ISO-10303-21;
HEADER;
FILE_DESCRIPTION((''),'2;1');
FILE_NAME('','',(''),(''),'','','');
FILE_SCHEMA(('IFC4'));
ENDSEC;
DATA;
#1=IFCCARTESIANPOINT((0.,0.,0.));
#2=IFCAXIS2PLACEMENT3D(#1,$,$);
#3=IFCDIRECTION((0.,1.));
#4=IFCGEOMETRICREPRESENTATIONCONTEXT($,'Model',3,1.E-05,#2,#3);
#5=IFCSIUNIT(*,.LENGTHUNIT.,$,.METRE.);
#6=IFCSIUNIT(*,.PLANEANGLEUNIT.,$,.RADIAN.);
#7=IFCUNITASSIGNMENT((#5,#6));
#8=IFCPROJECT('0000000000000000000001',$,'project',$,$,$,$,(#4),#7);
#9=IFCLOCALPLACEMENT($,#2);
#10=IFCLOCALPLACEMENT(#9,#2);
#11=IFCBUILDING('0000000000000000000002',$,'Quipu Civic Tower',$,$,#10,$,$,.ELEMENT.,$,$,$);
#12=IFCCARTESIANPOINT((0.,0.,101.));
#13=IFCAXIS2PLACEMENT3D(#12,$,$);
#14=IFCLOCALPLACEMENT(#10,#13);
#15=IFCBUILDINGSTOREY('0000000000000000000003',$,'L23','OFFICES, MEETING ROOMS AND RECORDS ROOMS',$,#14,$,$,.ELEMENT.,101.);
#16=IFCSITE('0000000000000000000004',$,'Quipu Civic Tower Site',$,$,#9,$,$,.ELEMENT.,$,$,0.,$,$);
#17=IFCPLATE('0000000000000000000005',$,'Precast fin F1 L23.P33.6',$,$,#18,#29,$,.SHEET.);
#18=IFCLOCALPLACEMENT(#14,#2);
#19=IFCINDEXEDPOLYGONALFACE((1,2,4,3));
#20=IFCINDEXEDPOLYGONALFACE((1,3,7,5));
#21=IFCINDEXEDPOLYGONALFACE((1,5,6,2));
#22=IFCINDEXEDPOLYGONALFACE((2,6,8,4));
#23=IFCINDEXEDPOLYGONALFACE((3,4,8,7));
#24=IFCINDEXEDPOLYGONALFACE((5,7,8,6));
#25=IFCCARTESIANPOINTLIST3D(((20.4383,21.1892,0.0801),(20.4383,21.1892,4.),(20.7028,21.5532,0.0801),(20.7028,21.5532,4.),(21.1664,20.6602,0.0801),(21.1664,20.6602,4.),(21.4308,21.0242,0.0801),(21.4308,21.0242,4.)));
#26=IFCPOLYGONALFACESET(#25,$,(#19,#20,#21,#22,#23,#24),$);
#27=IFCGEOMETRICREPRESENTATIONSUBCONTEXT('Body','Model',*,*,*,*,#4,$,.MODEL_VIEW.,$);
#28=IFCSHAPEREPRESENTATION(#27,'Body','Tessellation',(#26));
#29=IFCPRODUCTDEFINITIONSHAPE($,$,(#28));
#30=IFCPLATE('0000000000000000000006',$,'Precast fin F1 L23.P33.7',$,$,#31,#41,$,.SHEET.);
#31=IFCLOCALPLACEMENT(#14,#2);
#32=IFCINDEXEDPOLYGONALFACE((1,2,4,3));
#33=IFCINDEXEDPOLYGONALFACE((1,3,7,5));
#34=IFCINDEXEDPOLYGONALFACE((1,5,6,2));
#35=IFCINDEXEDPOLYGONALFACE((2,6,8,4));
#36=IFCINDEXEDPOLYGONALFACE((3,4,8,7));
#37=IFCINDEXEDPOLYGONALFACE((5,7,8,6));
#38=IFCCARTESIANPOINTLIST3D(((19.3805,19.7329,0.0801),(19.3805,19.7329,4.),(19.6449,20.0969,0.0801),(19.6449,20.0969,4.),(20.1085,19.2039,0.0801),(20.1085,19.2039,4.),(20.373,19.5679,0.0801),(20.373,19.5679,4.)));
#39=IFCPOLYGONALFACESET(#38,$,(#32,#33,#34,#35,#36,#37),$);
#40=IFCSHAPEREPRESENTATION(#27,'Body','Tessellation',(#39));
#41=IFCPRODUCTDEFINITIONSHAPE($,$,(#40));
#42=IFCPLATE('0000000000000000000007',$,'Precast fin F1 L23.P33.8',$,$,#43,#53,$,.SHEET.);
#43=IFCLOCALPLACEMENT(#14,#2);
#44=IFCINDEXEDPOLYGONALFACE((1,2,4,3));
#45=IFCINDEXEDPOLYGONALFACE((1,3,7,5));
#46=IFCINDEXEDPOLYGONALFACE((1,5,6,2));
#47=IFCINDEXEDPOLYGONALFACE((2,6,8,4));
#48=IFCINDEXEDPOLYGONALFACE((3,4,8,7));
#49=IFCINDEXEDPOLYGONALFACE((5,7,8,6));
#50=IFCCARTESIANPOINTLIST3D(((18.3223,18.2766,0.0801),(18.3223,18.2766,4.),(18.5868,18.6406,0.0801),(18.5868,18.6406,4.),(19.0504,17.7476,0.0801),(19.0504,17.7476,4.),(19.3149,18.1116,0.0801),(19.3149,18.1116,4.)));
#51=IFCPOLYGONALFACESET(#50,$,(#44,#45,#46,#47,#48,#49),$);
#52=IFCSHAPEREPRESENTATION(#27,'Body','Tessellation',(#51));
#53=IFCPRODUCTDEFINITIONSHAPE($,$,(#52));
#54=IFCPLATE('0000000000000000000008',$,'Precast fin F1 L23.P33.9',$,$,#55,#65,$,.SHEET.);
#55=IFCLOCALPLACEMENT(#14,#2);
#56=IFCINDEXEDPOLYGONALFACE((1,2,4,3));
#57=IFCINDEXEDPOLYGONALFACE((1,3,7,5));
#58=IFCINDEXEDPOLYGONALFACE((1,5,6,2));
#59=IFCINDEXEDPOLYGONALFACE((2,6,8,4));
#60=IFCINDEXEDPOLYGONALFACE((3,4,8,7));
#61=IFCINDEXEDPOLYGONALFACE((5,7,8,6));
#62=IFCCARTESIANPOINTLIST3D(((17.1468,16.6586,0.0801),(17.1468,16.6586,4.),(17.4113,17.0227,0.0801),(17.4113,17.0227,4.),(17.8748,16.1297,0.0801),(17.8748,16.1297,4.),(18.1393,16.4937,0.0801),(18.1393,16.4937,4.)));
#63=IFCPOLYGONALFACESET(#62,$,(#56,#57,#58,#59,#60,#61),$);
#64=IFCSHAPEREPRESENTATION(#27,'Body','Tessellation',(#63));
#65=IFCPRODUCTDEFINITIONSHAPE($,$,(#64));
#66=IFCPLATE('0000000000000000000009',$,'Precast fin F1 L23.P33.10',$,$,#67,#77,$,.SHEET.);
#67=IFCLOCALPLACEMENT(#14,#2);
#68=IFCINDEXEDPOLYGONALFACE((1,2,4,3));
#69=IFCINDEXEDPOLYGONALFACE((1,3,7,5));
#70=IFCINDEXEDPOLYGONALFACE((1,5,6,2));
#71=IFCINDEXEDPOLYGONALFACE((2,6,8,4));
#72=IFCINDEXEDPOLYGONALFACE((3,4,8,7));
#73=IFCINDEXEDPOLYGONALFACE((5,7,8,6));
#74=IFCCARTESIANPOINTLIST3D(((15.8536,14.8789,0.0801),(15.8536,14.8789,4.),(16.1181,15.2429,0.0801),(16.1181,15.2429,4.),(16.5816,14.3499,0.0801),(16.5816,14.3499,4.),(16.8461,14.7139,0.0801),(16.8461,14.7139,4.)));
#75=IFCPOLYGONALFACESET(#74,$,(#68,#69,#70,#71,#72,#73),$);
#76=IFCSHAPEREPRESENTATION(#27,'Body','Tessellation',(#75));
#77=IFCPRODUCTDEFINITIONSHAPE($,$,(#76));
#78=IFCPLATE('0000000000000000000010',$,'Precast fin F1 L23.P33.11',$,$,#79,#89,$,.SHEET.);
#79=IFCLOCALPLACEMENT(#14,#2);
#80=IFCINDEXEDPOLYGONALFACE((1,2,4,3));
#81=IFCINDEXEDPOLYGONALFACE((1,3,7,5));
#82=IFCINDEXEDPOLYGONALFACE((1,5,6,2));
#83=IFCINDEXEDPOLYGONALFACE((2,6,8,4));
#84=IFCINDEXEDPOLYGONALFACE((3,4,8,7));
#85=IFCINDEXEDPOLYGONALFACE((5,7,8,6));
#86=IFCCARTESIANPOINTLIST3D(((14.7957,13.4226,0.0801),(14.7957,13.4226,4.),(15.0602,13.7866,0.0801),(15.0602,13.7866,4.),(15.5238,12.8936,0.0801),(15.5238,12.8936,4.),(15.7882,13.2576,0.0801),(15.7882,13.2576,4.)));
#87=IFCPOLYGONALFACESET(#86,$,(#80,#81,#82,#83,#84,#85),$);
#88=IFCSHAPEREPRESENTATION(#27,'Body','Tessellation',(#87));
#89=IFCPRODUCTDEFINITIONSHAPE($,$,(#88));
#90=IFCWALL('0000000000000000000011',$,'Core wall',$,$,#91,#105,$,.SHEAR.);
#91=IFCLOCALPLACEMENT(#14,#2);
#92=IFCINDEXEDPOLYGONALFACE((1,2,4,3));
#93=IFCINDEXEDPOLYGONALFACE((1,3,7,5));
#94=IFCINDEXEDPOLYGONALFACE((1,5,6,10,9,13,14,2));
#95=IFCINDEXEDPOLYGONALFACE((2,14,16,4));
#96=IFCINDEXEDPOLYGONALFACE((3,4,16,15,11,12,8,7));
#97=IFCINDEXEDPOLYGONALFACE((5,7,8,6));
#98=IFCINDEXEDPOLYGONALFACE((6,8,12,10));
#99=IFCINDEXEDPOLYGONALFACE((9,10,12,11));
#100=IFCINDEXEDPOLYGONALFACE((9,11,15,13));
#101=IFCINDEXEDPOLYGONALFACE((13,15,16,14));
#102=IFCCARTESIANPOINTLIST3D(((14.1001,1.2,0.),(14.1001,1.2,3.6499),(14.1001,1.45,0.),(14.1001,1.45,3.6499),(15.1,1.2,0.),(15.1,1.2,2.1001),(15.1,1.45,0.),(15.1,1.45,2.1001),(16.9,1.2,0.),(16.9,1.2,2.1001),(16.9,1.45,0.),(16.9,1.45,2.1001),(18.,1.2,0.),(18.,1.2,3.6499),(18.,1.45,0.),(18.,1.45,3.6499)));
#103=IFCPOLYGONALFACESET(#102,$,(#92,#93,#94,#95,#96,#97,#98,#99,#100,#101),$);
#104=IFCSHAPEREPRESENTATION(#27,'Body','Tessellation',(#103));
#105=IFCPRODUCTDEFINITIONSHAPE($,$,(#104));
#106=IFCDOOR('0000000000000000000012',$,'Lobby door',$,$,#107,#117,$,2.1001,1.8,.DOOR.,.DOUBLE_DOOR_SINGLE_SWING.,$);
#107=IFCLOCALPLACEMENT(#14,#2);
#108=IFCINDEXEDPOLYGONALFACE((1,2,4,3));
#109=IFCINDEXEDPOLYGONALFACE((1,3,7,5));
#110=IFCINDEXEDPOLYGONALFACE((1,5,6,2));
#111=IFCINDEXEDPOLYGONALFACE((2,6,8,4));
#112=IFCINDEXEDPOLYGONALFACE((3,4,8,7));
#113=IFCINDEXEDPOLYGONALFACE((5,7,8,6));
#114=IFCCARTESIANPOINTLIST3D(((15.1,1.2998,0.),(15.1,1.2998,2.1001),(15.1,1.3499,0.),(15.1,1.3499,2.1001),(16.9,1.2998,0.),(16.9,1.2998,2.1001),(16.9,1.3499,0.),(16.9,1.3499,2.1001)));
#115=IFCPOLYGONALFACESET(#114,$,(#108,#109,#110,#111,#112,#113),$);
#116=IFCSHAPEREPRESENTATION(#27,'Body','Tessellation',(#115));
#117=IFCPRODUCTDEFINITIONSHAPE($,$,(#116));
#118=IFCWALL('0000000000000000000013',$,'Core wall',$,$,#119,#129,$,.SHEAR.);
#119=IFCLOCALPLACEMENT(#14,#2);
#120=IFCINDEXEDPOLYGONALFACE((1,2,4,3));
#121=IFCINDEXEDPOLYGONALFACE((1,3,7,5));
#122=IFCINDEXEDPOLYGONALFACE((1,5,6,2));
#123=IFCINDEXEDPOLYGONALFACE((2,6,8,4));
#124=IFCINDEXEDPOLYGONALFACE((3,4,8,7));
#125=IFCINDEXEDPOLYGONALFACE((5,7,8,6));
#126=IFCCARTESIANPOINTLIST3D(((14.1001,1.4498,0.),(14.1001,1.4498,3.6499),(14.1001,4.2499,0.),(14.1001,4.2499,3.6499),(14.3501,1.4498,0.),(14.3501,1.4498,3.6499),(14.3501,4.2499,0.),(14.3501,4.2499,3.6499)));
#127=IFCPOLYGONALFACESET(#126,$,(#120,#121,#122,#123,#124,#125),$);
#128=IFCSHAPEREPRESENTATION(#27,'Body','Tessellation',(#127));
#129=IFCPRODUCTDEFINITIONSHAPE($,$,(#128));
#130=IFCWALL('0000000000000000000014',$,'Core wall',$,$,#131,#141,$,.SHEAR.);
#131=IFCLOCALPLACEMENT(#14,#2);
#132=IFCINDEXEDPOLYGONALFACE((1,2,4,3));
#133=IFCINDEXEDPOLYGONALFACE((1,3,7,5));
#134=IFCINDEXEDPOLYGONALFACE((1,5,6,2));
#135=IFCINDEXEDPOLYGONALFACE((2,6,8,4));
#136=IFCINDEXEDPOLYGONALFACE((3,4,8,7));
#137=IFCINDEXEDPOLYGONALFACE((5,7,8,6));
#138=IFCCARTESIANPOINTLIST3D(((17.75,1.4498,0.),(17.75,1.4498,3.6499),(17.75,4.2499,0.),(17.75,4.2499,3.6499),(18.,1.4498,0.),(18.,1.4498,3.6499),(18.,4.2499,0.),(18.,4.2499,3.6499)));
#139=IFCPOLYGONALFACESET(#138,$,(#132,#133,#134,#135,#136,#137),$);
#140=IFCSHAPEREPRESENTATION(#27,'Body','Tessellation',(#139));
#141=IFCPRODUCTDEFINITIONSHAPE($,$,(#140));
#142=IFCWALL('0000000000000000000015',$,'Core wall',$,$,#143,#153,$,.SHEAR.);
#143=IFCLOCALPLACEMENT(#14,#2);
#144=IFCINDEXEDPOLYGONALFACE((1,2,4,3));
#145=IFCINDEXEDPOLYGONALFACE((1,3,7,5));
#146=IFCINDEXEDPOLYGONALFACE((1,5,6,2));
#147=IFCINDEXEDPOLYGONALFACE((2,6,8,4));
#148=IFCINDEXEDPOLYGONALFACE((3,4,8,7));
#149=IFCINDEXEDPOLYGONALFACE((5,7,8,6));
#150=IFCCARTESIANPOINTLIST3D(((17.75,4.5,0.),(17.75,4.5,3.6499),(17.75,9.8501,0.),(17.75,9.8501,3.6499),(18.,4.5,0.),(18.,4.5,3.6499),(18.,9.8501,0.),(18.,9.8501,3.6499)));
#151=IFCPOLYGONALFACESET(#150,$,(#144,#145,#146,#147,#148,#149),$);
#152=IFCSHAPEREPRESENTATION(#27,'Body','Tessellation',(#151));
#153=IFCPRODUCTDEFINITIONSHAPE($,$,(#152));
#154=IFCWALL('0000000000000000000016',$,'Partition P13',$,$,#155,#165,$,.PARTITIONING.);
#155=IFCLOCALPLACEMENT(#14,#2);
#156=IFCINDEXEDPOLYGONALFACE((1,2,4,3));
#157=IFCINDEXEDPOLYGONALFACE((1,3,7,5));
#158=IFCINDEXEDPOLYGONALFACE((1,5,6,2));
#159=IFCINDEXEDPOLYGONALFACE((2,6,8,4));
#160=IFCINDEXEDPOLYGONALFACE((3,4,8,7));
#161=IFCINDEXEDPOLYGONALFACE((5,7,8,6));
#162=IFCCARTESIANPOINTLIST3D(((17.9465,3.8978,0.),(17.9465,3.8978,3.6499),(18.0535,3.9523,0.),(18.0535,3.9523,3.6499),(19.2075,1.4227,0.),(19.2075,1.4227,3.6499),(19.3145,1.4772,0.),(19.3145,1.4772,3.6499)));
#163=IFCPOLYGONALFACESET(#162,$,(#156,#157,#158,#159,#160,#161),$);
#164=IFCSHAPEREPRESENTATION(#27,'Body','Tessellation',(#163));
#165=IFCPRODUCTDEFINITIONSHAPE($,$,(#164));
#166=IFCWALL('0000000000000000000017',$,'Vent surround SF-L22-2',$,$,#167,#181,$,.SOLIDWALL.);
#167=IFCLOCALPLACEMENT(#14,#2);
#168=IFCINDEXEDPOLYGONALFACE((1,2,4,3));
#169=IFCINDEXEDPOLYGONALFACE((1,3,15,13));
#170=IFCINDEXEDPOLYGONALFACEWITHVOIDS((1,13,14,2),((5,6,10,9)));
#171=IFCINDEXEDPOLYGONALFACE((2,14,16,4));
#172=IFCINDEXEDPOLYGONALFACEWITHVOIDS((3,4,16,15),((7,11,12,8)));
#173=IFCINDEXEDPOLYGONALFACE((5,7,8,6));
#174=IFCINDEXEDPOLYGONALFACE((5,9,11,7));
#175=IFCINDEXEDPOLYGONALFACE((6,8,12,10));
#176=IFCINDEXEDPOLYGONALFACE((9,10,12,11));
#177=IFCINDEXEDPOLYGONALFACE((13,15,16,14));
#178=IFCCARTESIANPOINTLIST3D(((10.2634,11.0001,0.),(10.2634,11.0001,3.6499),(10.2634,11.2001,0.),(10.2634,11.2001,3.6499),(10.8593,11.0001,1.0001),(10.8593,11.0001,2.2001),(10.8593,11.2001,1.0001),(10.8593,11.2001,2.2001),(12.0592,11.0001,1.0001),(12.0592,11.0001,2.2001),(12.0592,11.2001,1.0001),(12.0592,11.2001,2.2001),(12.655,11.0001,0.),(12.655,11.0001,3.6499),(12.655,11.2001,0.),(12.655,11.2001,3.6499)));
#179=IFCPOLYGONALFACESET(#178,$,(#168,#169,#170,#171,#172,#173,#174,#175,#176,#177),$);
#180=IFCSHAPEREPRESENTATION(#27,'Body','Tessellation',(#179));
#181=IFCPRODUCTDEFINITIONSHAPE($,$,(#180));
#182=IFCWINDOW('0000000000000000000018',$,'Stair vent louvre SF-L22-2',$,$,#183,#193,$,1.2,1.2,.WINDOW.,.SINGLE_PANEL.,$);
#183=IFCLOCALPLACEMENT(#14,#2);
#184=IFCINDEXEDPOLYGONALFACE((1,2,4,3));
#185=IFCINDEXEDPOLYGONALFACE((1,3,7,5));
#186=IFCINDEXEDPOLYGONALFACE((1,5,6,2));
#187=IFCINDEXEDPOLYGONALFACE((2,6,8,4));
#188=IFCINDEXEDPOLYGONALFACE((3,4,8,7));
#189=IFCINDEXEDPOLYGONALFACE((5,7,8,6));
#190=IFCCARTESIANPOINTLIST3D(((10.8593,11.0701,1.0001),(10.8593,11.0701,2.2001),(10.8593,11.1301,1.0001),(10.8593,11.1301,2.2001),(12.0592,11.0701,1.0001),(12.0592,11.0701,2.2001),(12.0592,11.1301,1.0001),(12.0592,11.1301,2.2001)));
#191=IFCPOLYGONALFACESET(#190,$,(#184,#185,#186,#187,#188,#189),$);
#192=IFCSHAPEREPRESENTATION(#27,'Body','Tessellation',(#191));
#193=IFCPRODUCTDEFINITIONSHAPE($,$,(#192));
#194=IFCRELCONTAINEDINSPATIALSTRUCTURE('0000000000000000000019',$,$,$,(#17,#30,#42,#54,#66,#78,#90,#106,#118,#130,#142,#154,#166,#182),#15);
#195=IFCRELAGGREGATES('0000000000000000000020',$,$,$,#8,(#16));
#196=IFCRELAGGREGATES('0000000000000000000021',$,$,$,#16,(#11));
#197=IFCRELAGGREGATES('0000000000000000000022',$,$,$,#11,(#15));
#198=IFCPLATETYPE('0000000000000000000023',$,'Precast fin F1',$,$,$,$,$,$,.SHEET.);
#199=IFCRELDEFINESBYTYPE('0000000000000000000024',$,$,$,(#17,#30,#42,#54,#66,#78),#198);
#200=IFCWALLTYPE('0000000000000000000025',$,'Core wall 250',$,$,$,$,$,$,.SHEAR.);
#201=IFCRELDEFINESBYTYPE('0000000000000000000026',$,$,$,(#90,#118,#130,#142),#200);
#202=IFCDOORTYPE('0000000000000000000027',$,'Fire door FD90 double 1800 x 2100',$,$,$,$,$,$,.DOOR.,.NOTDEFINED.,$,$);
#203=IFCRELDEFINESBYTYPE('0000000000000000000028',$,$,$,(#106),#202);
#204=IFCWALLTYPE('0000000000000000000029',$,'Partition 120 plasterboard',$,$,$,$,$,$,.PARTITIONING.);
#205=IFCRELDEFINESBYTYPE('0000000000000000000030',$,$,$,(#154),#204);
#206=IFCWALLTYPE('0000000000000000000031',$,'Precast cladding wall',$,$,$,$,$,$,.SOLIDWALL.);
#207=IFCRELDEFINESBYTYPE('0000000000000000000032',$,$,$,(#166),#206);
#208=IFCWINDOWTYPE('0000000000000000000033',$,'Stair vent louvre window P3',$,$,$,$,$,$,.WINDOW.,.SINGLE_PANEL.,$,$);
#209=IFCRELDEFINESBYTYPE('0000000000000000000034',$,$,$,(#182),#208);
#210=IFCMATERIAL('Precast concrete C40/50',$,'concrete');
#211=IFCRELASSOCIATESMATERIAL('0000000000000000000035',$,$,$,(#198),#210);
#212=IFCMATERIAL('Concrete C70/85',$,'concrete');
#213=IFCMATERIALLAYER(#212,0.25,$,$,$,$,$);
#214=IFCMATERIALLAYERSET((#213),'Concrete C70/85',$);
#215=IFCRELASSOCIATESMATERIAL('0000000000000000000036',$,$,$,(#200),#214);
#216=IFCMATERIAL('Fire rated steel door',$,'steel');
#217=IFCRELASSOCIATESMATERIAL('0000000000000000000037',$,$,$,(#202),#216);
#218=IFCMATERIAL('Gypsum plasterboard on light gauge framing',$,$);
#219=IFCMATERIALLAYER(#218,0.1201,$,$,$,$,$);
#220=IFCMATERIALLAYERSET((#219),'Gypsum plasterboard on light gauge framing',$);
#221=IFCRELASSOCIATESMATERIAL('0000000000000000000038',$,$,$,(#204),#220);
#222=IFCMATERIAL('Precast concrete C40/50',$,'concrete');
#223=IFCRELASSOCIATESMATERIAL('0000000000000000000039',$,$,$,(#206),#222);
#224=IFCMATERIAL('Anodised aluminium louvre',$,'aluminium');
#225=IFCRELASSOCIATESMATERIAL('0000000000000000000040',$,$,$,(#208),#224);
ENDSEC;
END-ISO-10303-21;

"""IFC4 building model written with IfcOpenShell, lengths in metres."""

from ifc_helpers import new_model, si_unit, direction, frame, frame_2d, origin, origin_2d, place, context, subcontext, project, spatial, rectangle, extrude, material, layer, layer_set, type_object, element, fill, save


model = new_model("IFC4")

# Units and contexts
model_context = context("Model", 3, precision=1e-05, world=origin(), true_north=direction((0.0, 1.0)))
body_context = subcontext(model_context, "Body", "Model", "MODEL_VIEW")
ifc_project = project(units=[si_unit("LENGTHUNIT", "METRE"), si_unit("PLANEANGLEUNIT", "RADIAN")], contexts=[model_context])

# Site, building, storey
site_placement = place(None, origin())
site = spatial("IfcSite", under=ifc_project, at=site_placement, Name="Quipu Civic Tower Site", CompositionType="ELEMENT", RefElevation=0.0)
building_placement = place(site_placement, origin())
building = spatial("IfcBuilding", under=site, at=building_placement, Name="Quipu Civic Tower", CompositionType="ELEMENT")
storey_placement = place(building_placement, frame((0.0, 0.0, 101.0)))
storey = spatial("IfcBuildingStorey", under=building, at=storey_placement, Name="L23", Description="OFFICES, MEETING ROOMS AND RECORDS ROOMS", CompositionType="ELEMENT", Elevation=101.0)

# Plates
ifc_material_1 = material(Name="Precast concrete C40/50", Category="concrete")
plate_type_1 = type_object("IfcPlateType", Name="Precast fin F1", PredefinedType="SHEET", material=ifc_material_1)
for number, where, z_axis, x_axis, name in (
    (1, (20.9346, 21.1067, 0.0801), (0.0, 0.0, 1.0), (-0.587787, -0.809016, 0.0), "Precast fin F1 L23.P33.6"),
    (2, (19.8767, 19.6504, 0.0801), (0.0, 0.0, 1.0), (-0.587787, -0.809016, 0.0), "Precast fin F1 L23.P33.7"),
    (3, (18.8186, 18.1941, 0.0801), (0.0, 0.0, 1.0), (-0.587787, -0.809016, 0.0), "Precast fin F1 L23.P33.8"),
    (4, (17.6431, 16.5762, 0.0801), (0.0, 0.0, 1.0), (-0.587787, -0.809016, 0.0), "Precast fin F1 L23.P33.9"),
    (5, (16.3499, 14.7964, 0.0801), (0.0, 0.0, 1.0), (-0.587787, -0.809016, 0.0), "Precast fin F1 L23.P33.10"),
    (6, (15.292, 13.3401, 0.0801), (0.0, 0.0, 1.0), (-0.587787, -0.809016, 0.0), "Precast fin F1 L23.P33.11"),
):
    element("IfcPlate", number, at=place(storey_placement, frame(where, z_axis=z_axis, x_axis=x_axis)), inside=storey, type_object=plate_type_1, Name=name, PredefinedType="SHEET", context=body_context, shape_type="SweptSolid", body=[
        extrude(rectangle(XDim=0.45, YDim=0.8999, at=origin_2d()), origin(), (0.0, 0.0, 1.0), 3.9199),
    ])

# Wall, opening, door
ifc_material_2 = material(Name="Concrete C70/85", Category="concrete")
ifc_layer_1 = layer(ifc_material_2, 0.25)
ifc_layer_set_1 = layer_set([ifc_layer_1], Name="Concrete C70/85")
wall_type_1 = type_object("IfcWallType", Name="Core wall 250", PredefinedType="SHEAR", material=ifc_layer_set_1)
wall_1_placement = place(storey_placement, frame((14.1001, 1.325, 0.0), z_axis=(0.0, 0.0, 1.0), x_axis=(1.0, 0.0, 0.0)))
wall_1 = element("IfcWall", 7, at=wall_1_placement, inside=storey, type_object=wall_type_1, Name="Core wall", PredefinedType="SHEAR", context=body_context, shape_type="SweptSolid", body=[
    extrude(rectangle(XDim=3.8999, YDim=0.25, at=frame_2d((1.95, 0.0))), origin(), (0.0, 0.0, 1.0), 3.6499),
])
opening_1_placement = place(wall_1_placement, frame((1.0, 0.0, 0.0)))
opening_1 = element("IfcOpeningElement", 8, at=opening_1_placement, cuts=wall_1, PredefinedType="OPENING", context=body_context, shape_type="SweptSolid", body=[
    extrude(rectangle(XDim=1.8, YDim=2.1001, at=frame_2d((0.8999, 1.05))), frame((0.0, 0.135, 0.0), z_axis=(0.0, -1.0, 0.0), x_axis=(1.0, 0.0, 0.0)), (0.0, 0.0, 1.0), 0.27),
])
ifc_material_3 = material(Name="Fire rated steel door", Category="steel")
door_type = type_object("IfcDoorType", Name="Fire door FD90 double 1800 x 2100", OperationType="NOTDEFINED", PredefinedType="DOOR", material=ifc_material_3)
door_placement = place(opening_1_placement, origin())
door = element("IfcDoor", 9, at=door_placement, inside=storey, type_object=door_type, Name="Lobby door", OperationType="DOUBLE_DOOR_SINGLE_SWING", OverallHeight=2.1001, OverallWidth=1.8, PredefinedType="DOOR", context=body_context, shape_type="SweptSolid", body=[
    extrude(rectangle(XDim=1.8, YDim=2.1001, at=frame_2d((0.8999, 1.05))), frame((0.0, 0.0249, 0.0), z_axis=(0.0, -1.0, 0.0), x_axis=(1.0, 0.0, 0.0)), (0.0, 0.0, 1.0), 0.05),
])
fill(opening_1, door)

# Walls
for number, where, z_axis, x_axis, name in (
    (10, (14.2251, 1.45, 0.0), (0.0, 0.0, 1.0), (0.0, 1.0, 0.0), "Core wall"),
    (11, (17.875, 1.45, 0.0), (0.0, 0.0, 1.0), (0.0, 1.0, 0.0), "Core wall"),
):
    element("IfcWall", number, at=place(storey_placement, frame(where, z_axis=z_axis, x_axis=x_axis)), inside=storey, type_object=wall_type_1, Name=name, PredefinedType="SHEAR", context=body_context, shape_type="SweptSolid", body=[
        extrude(rectangle(XDim=2.8, YDim=0.25, at=frame_2d((1.3999, 0.0))), origin(), (0.0, 0.0, 1.0), 3.6499),
    ])
wall_2_placement = place(storey_placement, frame((17.875, 4.5, 0.0), z_axis=(0.0, 0.0, 1.0), x_axis=(0.0, 1.0, 0.0)))
element("IfcWall", 12, at=wall_2_placement, inside=storey, type_object=wall_type_1, Name="Core wall", PredefinedType="SHEAR", context=body_context, shape_type="SweptSolid", body=[
    extrude(rectangle(XDim=5.3501, YDim=0.25, at=frame_2d((2.675, 0.0))), origin(), (0.0, 0.0, 1.0), 3.6499),
])
ifc_material_4 = material(Name="Gypsum plasterboard on light gauge framing")
ifc_layer_2 = layer(ifc_material_4, 0.1201)
ifc_layer_set_2 = layer_set([ifc_layer_2], Name="Gypsum plasterboard on light gauge framing")
wall_type_2 = type_object("IfcWallType", Name="Partition 120 plasterboard", PredefinedType="PARTITIONING", material=ifc_layer_set_2)
wall_3_placement = place(storey_placement, frame((18.0, 3.925, 0.0), z_axis=(0.0, 0.0, 1.0), x_axis=(0.453951, -0.891027, 0.0)))
element("IfcWall", 13, at=wall_3_placement, inside=storey, type_object=wall_type_2, Name="Partition P13", PredefinedType="PARTITIONING", context=body_context, shape_type="SweptSolid", body=[
    extrude(rectangle(XDim=2.7778, YDim=0.1201, at=frame_2d((1.3889, 0.0))), origin(), (0.0, 0.0, 1.0), 3.6499),
])

# Wall, opening, window
ifc_material_5 = material(Name="Precast concrete C40/50", Category="concrete")
wall_type_3 = type_object("IfcWallType", Name="Precast cladding wall", PredefinedType="SOLIDWALL", material=ifc_material_5)
wall_4_placement = place(storey_placement, frame((12.655, 11.1001, 0.0), z_axis=(0.0, 0.0, 1.0), x_axis=(-1.0, 0.0, 0.0)))
wall_4 = element("IfcWall", 14, at=wall_4_placement, inside=storey, type_object=wall_type_3, Name="Vent surround SF-L22-2", PredefinedType="SOLIDWALL", context=body_context, shape_type="SweptSolid", body=[
    extrude(rectangle(XDim=2.3916, YDim=0.2, at=frame_2d((1.1958, 0.0))), origin(), (0.0, 0.0, 1.0), 3.6499),
])
opening_2_placement = place(wall_4_placement, frame((0.5957, 0.0, 1.0)))
opening_2 = element("IfcOpeningElement", 15, at=opening_2_placement, cuts=wall_4, PredefinedType="OPENING", context=body_context, shape_type="SweptSolid", body=[
    extrude(rectangle(XDim=1.2, YDim=1.2, at=frame_2d((0.6001, 0.6001))), frame((0.0, 0.1099, 0.0), z_axis=(0.0, -1.0, 0.0), x_axis=(1.0, 0.0, 0.0)), (0.0, 0.0, 1.0), 0.22),
])
ifc_material_6 = material(Name="Anodised aluminium louvre", Category="aluminium")
window_type = type_object("IfcWindowType", Name="Stair vent louvre window P3", PartitioningType="SINGLE_PANEL", PredefinedType="WINDOW", material=ifc_material_6)
window_placement = place(opening_2_placement, origin())
window = element("IfcWindow", 16, at=window_placement, inside=storey, type_object=window_type, Name="Stair vent louvre SF-L22-2", OverallHeight=1.2, OverallWidth=1.2, PartitioningType="SINGLE_PANEL", PredefinedType="WINDOW", context=body_context, shape_type="SweptSolid", body=[
    extrude(rectangle(XDim=1.2, YDim=1.2, at=frame_2d((0.6001, 0.6001))), frame((0.0, 0.03, 0.0), z_axis=(0.0, -1.0, 0.0), x_axis=(1.0, 0.0, 0.0)), (0.0, 0.0, 1.0), 0.0601),
])
fill(opening_2, window)

save(model, "model.ifc")
